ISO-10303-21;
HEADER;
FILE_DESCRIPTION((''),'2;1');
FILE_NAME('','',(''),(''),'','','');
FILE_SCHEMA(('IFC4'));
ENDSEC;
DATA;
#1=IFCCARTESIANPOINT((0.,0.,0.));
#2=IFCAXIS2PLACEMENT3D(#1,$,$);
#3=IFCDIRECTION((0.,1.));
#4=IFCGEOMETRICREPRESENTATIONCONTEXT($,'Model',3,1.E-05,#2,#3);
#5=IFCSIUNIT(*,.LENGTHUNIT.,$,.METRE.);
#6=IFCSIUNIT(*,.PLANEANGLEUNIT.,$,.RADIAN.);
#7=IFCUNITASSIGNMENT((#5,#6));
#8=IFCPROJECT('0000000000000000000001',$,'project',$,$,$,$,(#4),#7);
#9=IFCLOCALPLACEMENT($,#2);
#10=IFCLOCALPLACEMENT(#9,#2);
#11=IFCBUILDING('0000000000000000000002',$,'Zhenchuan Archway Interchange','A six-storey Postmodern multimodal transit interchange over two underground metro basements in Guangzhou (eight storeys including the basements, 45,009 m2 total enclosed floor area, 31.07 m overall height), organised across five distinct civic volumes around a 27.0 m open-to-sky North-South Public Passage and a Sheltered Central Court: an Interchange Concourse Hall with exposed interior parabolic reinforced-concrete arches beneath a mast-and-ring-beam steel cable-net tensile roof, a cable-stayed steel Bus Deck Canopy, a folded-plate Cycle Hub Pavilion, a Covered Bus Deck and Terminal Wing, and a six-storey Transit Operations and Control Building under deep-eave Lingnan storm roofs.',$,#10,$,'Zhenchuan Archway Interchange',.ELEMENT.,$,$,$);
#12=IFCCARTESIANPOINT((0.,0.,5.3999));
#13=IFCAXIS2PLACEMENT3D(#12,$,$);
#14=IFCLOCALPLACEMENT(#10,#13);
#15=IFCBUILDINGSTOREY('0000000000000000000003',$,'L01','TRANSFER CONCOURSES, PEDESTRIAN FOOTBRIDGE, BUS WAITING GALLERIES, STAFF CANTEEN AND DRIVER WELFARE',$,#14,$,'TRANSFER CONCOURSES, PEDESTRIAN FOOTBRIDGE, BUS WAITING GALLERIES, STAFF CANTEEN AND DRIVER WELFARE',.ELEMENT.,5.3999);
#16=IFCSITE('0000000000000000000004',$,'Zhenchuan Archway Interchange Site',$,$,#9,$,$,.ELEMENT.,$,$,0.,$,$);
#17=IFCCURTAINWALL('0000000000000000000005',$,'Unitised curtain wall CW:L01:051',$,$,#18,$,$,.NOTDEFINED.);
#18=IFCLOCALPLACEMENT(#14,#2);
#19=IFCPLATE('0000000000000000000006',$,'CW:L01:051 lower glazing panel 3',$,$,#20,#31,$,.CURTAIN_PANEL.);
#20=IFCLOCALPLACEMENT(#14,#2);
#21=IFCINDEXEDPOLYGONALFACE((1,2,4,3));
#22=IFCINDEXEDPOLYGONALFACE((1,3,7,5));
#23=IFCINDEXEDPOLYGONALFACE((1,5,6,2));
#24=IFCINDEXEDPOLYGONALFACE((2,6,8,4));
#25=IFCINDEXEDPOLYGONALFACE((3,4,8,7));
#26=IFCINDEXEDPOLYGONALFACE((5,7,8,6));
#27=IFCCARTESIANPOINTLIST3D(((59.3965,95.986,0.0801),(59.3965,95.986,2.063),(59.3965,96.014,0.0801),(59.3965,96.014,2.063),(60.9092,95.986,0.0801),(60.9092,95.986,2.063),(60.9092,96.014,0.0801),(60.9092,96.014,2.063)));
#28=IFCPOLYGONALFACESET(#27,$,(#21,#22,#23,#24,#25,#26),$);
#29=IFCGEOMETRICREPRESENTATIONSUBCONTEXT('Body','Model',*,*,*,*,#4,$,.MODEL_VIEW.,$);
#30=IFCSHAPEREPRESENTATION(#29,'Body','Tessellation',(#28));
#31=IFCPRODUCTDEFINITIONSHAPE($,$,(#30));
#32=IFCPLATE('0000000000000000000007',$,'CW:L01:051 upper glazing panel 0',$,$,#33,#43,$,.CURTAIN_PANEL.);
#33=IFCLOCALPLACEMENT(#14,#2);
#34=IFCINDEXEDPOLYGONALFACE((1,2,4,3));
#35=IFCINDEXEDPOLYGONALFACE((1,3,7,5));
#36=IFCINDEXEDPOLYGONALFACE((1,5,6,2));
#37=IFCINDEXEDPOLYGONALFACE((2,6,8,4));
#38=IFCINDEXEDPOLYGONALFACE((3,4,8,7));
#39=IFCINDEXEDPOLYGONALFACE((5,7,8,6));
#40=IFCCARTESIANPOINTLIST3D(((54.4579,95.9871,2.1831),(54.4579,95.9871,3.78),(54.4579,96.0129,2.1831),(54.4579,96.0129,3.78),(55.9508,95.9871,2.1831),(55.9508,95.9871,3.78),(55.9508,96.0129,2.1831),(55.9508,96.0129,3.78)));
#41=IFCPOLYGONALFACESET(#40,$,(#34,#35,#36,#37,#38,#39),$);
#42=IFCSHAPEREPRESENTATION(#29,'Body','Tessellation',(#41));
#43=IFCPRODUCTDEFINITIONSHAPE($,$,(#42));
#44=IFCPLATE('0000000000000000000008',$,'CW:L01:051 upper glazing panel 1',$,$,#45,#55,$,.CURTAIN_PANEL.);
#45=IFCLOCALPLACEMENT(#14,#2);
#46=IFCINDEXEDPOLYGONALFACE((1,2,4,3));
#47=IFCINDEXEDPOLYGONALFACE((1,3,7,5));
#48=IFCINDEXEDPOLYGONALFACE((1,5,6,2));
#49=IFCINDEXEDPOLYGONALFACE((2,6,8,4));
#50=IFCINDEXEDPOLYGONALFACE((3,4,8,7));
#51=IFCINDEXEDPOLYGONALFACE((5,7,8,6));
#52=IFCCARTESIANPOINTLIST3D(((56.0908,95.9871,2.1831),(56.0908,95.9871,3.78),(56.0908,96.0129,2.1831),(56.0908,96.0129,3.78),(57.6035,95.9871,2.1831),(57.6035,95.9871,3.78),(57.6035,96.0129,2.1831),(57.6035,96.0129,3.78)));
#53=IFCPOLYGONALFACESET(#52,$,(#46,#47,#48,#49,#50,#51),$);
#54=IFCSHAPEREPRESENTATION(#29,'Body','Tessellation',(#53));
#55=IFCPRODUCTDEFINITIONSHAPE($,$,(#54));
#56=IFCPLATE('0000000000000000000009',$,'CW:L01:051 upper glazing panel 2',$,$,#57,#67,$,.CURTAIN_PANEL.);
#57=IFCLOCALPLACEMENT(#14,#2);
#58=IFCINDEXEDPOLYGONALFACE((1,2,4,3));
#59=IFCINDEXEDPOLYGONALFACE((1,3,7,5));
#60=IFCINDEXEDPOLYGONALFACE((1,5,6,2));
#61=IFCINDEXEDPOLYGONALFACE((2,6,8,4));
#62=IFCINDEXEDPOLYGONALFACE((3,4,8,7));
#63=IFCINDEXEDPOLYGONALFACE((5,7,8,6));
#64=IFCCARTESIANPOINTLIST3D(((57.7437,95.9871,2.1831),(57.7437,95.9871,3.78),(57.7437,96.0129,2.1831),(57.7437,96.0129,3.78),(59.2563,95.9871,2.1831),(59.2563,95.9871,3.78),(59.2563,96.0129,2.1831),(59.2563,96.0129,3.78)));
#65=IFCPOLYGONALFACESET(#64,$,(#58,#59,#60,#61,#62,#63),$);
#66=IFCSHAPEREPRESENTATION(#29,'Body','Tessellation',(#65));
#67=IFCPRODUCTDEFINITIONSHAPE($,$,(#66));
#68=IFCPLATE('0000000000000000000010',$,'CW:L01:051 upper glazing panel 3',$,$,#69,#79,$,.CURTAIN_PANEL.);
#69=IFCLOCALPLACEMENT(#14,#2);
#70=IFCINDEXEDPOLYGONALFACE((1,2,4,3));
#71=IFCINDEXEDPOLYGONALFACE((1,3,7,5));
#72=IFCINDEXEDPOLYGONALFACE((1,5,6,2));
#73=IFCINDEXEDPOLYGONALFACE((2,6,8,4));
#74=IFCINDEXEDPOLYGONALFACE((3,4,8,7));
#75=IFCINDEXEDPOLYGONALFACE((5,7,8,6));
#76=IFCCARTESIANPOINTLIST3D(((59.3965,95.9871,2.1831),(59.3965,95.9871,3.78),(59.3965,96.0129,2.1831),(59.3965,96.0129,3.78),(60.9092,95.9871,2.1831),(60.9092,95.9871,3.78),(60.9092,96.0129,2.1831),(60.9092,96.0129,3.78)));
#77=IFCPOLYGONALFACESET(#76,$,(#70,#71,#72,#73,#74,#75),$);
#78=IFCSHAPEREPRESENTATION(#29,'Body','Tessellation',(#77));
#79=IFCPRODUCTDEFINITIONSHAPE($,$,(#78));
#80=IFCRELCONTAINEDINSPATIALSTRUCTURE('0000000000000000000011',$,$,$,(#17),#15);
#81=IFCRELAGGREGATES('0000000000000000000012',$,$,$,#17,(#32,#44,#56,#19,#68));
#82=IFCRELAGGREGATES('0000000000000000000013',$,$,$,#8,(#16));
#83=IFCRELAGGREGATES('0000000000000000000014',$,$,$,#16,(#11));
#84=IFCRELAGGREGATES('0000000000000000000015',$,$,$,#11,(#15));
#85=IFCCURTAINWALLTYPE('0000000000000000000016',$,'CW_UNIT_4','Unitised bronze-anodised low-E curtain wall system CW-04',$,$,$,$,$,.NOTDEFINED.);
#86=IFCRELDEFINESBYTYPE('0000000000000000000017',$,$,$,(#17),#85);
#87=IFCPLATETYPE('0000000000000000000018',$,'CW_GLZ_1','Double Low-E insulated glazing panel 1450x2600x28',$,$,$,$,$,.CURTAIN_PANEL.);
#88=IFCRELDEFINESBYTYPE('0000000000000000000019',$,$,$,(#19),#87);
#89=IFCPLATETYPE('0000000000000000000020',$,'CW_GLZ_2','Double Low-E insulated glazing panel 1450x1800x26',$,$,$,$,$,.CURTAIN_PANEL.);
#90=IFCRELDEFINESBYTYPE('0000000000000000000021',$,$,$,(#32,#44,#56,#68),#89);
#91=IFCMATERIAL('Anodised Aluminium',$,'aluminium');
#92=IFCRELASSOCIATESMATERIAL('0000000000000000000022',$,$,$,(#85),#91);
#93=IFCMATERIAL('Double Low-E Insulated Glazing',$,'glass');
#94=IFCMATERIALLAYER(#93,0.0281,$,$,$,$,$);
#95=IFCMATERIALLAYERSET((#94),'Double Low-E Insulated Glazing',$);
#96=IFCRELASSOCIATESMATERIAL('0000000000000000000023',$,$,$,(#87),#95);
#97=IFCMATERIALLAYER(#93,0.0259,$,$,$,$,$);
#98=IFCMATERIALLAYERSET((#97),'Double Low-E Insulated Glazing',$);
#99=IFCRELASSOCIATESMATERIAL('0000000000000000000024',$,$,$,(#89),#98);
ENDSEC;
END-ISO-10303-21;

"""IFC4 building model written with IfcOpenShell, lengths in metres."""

from ifc_helpers import new_model, si_unit, direction, frame, origin, origin_2d, place, context, subcontext, project, spatial, rectangle, extrude, material, layer, layer_set, type_object, element, aggregate, save


model = new_model("IFC4")

# Units and contexts
model_context = context("Model", 3, precision=1e-05, world=origin(), true_north=direction((0.0, 1.0)))
body_context = subcontext(model_context, "Body", "Model", "MODEL_VIEW")
ifc_project = project(units=[si_unit("LENGTHUNIT", "METRE"), si_unit("PLANEANGLEUNIT", "RADIAN")], contexts=[model_context])

# Site, building, storey
site_placement = place(None, origin())
site = spatial("IfcSite", under=ifc_project, at=site_placement, Name="Zhenchuan Archway Interchange Site", CompositionType="ELEMENT", RefElevation=0.0)
building_placement = place(site_placement, origin())
building = spatial("IfcBuilding", under=site, at=building_placement, Name="Zhenchuan Archway Interchange", Description="A six-storey Postmodern multimodal transit interchange over two underground metro basements in Guangzhou (eight storeys including the basements, 45,009 m2 total enclosed floor area, 31.07 m overall height), organised across five distinct civic volumes around a 27.0 m open-to-sky North-South Public Passage and a Sheltered Central Court: an Interchange Concourse Hall with exposed interior parabolic reinforced-concrete arches beneath a mast-and-ring-beam steel cable-net tensile roof, a cable-stayed steel Bus Deck Canopy, a folded-plate Cycle Hub Pavilion, a Covered Bus Deck and Terminal Wing, and a six-storey Transit Operations and Control Building under deep-eave Lingnan storm roofs.", LongName="Zhenchuan Archway Interchange", CompositionType="ELEMENT")
storey_placement = place(building_placement, frame((0.0, 0.0, 5.3999)))
storey = spatial("IfcBuildingStorey", under=building, at=storey_placement, Name="L01", Description="TRANSFER CONCOURSES, PEDESTRIAN FOOTBRIDGE, BUS WAITING GALLERIES, STAFF CANTEEN AND DRIVER WELFARE", LongName="TRANSFER CONCOURSES, PEDESTRIAN FOOTBRIDGE, BUS WAITING GALLERIES, STAFF CANTEEN AND DRIVER WELFARE", CompositionType="ELEMENT", Elevation=5.3999)

# Curtain wall
ifc_material_1 = material(Name="Anodised Aluminium", Category="aluminium")
curtain_wall_type = type_object("IfcCurtainWallType", Name="CW_UNIT_4", Description="Unitised bronze-anodised low-E curtain wall system CW-04", PredefinedType="NOTDEFINED", material=ifc_material_1)
curtain_wall_placement = place(storey_placement, origin())
curtain_wall = element("IfcCurtainWall", 1, at=curtain_wall_placement, inside=storey, type_object=curtain_wall_type, Name="Unitised curtain wall CW:L01:051", PredefinedType="NOTDEFINED")

# Plates
ifc_material_2 = material(Name="Double Low-E Insulated Glazing", Category="glass")
ifc_layer_1 = layer(ifc_material_2, 0.0281)
ifc_layer_set_1 = layer_set([ifc_layer_1], Name="Double Low-E Insulated Glazing")
plate_type_1 = type_object("IfcPlateType", Name="CW_GLZ_1", Description="Double Low-E insulated glazing panel 1450x2600x28", PredefinedType="CURTAIN_PANEL", material=ifc_layer_set_1)
plate_1_placement = place(storey_placement, frame((60.1528, 96.0, 0.0801), z_axis=(0.0, 0.0, 1.0), x_axis=(1.0, 0.0, 0.0)))
plate_1 = element("IfcPlate", 2, at=plate_1_placement, type_object=plate_type_1, Name="CW:L01:051 lower glazing panel 3", PredefinedType="CURTAIN_PANEL", context=body_context, shape_type="SweptSolid", body=[
    extrude(rectangle(XDim=1.5127, YDim=0.0281, at=origin_2d()), origin(), (0.0, 0.0, 1.0), 1.9829),
])
ifc_layer_2 = layer(ifc_material_2, 0.0259)
ifc_layer_set_2 = layer_set([ifc_layer_2], Name="Double Low-E Insulated Glazing")
plate_type_2 = type_object("IfcPlateType", Name="CW_GLZ_2", Description="Double Low-E insulated glazing panel 1450x1800x26", PredefinedType="CURTAIN_PANEL", material=ifc_layer_set_2)
plate_2_placement = place(storey_placement, frame((55.2043, 96.0, 2.1831), z_axis=(0.0, 0.0, 1.0), x_axis=(1.0, 0.0, 0.0)))
plate_2 = element("IfcPlate", 3, at=plate_2_placement, type_object=plate_type_2, Name="CW:L01:051 upper glazing panel 0", PredefinedType="CURTAIN_PANEL", context=body_context, shape_type="SweptSolid", body=[
    extrude(rectangle(XDim=1.4929, YDim=0.0259, at=origin_2d()), origin(), (0.0, 0.0, 1.0), 1.5969),
])
plate_3_placement = place(storey_placement, frame((56.8472, 96.0, 2.1831), z_axis=(0.0, 0.0, 1.0), x_axis=(1.0, 0.0, 0.0)))
plate_3 = element("IfcPlate", 4, at=plate_3_placement, type_object=plate_type_2, Name="CW:L01:051 upper glazing panel 1", PredefinedType="CURTAIN_PANEL", context=body_context, shape_type="SweptSolid", body=[
    extrude(rectangle(XDim=1.5127, YDim=0.0259, at=origin_2d()), origin(), (0.0, 0.0, 1.0), 1.5969),
])
plate_4_placement = place(storey_placement, frame((58.5, 96.0, 2.1831), z_axis=(0.0, 0.0, 1.0), x_axis=(1.0, 0.0, 0.0)))
plate_4 = element("IfcPlate", 5, at=plate_4_placement, type_object=plate_type_2, Name="CW:L01:051 upper glazing panel 2", PredefinedType="CURTAIN_PANEL", context=body_context, shape_type="SweptSolid", body=[
    extrude(rectangle(XDim=1.5127, YDim=0.0259, at=origin_2d()), origin(), (0.0, 0.0, 1.0), 1.5969),
])
plate_5_placement = place(storey_placement, frame((60.1528, 96.0, 2.1831), z_axis=(0.0, 0.0, 1.0), x_axis=(1.0, 0.0, 0.0)))
plate_5 = element("IfcPlate", 6, at=plate_5_placement, type_object=plate_type_2, Name="CW:L01:051 upper glazing panel 3", PredefinedType="CURTAIN_PANEL", context=body_context, shape_type="SweptSolid", body=[
    extrude(rectangle(XDim=1.5127, YDim=0.0259, at=origin_2d()), origin(), (0.0, 0.0, 1.0), 1.5969),
])
aggregate(curtain_wall, [plate_2, plate_3, plate_4, plate_1, plate_5])

save(model, "model.ifc")
